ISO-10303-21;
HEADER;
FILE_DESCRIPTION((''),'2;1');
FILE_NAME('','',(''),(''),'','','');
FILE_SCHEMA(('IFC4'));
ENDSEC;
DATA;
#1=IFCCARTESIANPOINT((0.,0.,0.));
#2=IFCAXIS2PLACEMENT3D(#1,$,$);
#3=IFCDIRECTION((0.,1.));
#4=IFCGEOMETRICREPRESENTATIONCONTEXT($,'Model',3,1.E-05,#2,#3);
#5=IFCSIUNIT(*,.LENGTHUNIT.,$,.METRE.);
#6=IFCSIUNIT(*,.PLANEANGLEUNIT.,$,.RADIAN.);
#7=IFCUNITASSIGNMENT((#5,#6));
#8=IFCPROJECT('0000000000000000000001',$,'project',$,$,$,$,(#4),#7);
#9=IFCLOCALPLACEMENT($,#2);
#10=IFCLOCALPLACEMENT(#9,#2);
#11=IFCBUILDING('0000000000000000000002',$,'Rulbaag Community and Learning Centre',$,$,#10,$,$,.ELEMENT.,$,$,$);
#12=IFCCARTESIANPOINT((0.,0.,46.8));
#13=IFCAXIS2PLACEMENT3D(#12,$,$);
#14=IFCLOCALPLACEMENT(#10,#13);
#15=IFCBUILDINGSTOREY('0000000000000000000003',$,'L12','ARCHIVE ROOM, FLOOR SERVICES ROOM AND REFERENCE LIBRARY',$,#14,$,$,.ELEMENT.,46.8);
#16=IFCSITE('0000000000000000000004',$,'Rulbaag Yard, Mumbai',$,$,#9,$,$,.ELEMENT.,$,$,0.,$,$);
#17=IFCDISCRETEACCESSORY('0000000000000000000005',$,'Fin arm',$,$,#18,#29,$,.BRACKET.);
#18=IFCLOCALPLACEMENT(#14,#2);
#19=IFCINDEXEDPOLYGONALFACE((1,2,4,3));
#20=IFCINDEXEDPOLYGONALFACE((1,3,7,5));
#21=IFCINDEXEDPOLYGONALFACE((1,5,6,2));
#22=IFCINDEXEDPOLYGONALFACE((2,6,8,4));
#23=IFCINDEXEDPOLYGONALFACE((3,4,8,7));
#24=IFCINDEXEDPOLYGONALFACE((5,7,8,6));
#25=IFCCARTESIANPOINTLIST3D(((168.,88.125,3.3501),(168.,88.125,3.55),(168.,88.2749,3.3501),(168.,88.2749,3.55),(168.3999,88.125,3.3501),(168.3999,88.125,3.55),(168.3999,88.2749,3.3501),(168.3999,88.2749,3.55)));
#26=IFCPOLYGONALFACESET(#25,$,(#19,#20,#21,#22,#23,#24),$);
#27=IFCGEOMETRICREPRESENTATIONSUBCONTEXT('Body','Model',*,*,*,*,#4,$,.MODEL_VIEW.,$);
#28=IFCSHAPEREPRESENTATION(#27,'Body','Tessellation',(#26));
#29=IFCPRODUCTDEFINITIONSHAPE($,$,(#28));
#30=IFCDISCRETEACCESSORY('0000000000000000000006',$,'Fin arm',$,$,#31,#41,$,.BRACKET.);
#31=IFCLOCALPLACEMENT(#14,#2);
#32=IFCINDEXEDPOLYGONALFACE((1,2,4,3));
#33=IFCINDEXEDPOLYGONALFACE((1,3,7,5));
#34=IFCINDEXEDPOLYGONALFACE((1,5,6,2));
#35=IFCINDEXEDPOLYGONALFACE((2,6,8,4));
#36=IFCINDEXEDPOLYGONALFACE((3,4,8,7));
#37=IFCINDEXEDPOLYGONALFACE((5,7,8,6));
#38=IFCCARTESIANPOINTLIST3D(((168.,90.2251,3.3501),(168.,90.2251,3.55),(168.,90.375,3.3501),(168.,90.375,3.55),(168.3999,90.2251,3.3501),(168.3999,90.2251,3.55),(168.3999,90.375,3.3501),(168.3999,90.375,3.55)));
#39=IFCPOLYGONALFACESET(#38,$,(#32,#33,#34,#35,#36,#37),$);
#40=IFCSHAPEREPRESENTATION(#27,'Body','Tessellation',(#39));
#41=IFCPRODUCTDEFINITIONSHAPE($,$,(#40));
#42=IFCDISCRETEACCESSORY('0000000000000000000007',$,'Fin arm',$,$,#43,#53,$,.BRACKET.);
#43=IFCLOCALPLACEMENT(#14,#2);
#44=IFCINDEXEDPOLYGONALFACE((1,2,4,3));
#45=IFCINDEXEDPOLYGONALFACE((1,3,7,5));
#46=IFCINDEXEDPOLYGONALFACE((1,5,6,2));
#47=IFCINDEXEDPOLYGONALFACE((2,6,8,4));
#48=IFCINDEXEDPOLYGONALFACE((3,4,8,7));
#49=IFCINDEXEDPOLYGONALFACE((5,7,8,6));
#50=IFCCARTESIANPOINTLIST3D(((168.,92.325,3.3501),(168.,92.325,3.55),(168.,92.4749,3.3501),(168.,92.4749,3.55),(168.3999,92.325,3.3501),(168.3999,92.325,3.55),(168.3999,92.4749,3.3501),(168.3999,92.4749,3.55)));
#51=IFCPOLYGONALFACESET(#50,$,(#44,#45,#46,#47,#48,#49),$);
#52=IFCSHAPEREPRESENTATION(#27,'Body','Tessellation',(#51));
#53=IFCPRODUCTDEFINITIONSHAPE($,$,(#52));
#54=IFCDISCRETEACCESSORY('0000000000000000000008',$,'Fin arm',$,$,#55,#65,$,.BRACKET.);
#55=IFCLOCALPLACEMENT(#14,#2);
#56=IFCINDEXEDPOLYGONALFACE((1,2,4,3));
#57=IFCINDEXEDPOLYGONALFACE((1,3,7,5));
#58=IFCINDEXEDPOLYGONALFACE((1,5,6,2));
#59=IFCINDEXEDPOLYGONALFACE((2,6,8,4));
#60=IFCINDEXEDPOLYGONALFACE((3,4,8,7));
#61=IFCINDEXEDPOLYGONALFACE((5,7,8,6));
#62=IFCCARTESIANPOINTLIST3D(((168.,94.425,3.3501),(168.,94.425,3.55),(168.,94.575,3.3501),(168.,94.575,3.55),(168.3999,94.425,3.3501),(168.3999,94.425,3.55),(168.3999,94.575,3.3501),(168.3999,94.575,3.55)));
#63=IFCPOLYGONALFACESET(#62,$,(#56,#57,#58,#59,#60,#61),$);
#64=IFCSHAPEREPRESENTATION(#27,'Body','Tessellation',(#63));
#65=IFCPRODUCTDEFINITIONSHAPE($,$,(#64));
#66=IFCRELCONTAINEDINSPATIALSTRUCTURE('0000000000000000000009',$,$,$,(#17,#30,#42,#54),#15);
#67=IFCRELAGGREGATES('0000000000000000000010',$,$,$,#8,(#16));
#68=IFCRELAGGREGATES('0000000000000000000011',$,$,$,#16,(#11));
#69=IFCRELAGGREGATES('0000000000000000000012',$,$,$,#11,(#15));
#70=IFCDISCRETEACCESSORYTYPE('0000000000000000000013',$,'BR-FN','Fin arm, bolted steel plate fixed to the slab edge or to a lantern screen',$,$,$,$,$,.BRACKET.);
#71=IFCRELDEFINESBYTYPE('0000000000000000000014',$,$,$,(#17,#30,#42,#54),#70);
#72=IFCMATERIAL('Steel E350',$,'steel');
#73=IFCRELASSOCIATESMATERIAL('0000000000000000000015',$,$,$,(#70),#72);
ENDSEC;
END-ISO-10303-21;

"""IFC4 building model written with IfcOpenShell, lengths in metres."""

from ifc_helpers import new_model, si_unit, direction, frame, origin, origin_2d, place, context, subcontext, project, spatial, rectangle, extrude, material, type_object, element, save


model = new_model("IFC4")

# Units and contexts
model_context = context("Model", 3, precision=1e-05, world=origin(), true_north=direction((0.0, 1.0)))
body_context = subcontext(model_context, "Body", "Model", "MODEL_VIEW")
ifc_project = project(units=[si_unit("LENGTHUNIT", "METRE"), si_unit("PLANEANGLEUNIT", "RADIAN")], contexts=[model_context])

# Site, building, storey
site_placement = place(None, origin())
site = spatial("IfcSite", under=ifc_project, at=site_placement, Name="Rulbaag Yard, Mumbai", CompositionType="ELEMENT", RefElevation=0.0)
building_placement = place(site_placement, origin())
building = spatial("IfcBuilding", under=site, at=building_placement, Name="Rulbaag Community and Learning Centre", CompositionType="ELEMENT")
storey_placement = place(building_placement, frame((0.0, 0.0, 46.8)))
storey = spatial("IfcBuildingStorey", under=building, at=storey_placement, Name="L12", Description="ARCHIVE ROOM, FLOOR SERVICES ROOM AND REFERENCE LIBRARY", CompositionType="ELEMENT", Elevation=46.8)

# Discrete accessories
ifc_material_1 = material(Name="Steel E350", Category="steel")
discrete_accessory_type = type_object("IfcDiscreteAccessoryType", Name="BR-FN", Description="Fin arm, bolted steel plate fixed to the slab edge or to a lantern screen", PredefinedType="BRACKET", material=ifc_material_1)
for number, where, z_axis, x_axis, name in (
    (1, (168.2, 88.2, 3.3501), (0.0, 0.0, 1.0), (1.0, 0.0, 0.0), "Fin arm"),
    (2, (168.2, 90.3, 3.3501), (0.0, 0.0, 1.0), (1.0, 0.0, 0.0), "Fin arm"),
    (3, (168.2, 92.3999, 3.3501), (0.0, 0.0, 1.0), (1.0, 0.0, 0.0), "Fin arm"),
    (4, (168.2, 94.5, 3.3501), (0.0, 0.0, 1.0), (1.0, 0.0, 0.0), "Fin arm"),
):
    element("IfcDiscreteAccessory", number, at=place(storey_placement, frame(where, z_axis=z_axis, x_axis=x_axis)), inside=storey, type_object=discrete_accessory_type, Name=name, PredefinedType="BRACKET", context=body_context, shape_type="SweptSolid", body=[
        extrude(rectangle(XDim=0.3999, YDim=0.1499, at=origin_2d()), origin(), (0.0, 0.0, 1.0), 0.2),
    ])

save(model, "model.ifc")
